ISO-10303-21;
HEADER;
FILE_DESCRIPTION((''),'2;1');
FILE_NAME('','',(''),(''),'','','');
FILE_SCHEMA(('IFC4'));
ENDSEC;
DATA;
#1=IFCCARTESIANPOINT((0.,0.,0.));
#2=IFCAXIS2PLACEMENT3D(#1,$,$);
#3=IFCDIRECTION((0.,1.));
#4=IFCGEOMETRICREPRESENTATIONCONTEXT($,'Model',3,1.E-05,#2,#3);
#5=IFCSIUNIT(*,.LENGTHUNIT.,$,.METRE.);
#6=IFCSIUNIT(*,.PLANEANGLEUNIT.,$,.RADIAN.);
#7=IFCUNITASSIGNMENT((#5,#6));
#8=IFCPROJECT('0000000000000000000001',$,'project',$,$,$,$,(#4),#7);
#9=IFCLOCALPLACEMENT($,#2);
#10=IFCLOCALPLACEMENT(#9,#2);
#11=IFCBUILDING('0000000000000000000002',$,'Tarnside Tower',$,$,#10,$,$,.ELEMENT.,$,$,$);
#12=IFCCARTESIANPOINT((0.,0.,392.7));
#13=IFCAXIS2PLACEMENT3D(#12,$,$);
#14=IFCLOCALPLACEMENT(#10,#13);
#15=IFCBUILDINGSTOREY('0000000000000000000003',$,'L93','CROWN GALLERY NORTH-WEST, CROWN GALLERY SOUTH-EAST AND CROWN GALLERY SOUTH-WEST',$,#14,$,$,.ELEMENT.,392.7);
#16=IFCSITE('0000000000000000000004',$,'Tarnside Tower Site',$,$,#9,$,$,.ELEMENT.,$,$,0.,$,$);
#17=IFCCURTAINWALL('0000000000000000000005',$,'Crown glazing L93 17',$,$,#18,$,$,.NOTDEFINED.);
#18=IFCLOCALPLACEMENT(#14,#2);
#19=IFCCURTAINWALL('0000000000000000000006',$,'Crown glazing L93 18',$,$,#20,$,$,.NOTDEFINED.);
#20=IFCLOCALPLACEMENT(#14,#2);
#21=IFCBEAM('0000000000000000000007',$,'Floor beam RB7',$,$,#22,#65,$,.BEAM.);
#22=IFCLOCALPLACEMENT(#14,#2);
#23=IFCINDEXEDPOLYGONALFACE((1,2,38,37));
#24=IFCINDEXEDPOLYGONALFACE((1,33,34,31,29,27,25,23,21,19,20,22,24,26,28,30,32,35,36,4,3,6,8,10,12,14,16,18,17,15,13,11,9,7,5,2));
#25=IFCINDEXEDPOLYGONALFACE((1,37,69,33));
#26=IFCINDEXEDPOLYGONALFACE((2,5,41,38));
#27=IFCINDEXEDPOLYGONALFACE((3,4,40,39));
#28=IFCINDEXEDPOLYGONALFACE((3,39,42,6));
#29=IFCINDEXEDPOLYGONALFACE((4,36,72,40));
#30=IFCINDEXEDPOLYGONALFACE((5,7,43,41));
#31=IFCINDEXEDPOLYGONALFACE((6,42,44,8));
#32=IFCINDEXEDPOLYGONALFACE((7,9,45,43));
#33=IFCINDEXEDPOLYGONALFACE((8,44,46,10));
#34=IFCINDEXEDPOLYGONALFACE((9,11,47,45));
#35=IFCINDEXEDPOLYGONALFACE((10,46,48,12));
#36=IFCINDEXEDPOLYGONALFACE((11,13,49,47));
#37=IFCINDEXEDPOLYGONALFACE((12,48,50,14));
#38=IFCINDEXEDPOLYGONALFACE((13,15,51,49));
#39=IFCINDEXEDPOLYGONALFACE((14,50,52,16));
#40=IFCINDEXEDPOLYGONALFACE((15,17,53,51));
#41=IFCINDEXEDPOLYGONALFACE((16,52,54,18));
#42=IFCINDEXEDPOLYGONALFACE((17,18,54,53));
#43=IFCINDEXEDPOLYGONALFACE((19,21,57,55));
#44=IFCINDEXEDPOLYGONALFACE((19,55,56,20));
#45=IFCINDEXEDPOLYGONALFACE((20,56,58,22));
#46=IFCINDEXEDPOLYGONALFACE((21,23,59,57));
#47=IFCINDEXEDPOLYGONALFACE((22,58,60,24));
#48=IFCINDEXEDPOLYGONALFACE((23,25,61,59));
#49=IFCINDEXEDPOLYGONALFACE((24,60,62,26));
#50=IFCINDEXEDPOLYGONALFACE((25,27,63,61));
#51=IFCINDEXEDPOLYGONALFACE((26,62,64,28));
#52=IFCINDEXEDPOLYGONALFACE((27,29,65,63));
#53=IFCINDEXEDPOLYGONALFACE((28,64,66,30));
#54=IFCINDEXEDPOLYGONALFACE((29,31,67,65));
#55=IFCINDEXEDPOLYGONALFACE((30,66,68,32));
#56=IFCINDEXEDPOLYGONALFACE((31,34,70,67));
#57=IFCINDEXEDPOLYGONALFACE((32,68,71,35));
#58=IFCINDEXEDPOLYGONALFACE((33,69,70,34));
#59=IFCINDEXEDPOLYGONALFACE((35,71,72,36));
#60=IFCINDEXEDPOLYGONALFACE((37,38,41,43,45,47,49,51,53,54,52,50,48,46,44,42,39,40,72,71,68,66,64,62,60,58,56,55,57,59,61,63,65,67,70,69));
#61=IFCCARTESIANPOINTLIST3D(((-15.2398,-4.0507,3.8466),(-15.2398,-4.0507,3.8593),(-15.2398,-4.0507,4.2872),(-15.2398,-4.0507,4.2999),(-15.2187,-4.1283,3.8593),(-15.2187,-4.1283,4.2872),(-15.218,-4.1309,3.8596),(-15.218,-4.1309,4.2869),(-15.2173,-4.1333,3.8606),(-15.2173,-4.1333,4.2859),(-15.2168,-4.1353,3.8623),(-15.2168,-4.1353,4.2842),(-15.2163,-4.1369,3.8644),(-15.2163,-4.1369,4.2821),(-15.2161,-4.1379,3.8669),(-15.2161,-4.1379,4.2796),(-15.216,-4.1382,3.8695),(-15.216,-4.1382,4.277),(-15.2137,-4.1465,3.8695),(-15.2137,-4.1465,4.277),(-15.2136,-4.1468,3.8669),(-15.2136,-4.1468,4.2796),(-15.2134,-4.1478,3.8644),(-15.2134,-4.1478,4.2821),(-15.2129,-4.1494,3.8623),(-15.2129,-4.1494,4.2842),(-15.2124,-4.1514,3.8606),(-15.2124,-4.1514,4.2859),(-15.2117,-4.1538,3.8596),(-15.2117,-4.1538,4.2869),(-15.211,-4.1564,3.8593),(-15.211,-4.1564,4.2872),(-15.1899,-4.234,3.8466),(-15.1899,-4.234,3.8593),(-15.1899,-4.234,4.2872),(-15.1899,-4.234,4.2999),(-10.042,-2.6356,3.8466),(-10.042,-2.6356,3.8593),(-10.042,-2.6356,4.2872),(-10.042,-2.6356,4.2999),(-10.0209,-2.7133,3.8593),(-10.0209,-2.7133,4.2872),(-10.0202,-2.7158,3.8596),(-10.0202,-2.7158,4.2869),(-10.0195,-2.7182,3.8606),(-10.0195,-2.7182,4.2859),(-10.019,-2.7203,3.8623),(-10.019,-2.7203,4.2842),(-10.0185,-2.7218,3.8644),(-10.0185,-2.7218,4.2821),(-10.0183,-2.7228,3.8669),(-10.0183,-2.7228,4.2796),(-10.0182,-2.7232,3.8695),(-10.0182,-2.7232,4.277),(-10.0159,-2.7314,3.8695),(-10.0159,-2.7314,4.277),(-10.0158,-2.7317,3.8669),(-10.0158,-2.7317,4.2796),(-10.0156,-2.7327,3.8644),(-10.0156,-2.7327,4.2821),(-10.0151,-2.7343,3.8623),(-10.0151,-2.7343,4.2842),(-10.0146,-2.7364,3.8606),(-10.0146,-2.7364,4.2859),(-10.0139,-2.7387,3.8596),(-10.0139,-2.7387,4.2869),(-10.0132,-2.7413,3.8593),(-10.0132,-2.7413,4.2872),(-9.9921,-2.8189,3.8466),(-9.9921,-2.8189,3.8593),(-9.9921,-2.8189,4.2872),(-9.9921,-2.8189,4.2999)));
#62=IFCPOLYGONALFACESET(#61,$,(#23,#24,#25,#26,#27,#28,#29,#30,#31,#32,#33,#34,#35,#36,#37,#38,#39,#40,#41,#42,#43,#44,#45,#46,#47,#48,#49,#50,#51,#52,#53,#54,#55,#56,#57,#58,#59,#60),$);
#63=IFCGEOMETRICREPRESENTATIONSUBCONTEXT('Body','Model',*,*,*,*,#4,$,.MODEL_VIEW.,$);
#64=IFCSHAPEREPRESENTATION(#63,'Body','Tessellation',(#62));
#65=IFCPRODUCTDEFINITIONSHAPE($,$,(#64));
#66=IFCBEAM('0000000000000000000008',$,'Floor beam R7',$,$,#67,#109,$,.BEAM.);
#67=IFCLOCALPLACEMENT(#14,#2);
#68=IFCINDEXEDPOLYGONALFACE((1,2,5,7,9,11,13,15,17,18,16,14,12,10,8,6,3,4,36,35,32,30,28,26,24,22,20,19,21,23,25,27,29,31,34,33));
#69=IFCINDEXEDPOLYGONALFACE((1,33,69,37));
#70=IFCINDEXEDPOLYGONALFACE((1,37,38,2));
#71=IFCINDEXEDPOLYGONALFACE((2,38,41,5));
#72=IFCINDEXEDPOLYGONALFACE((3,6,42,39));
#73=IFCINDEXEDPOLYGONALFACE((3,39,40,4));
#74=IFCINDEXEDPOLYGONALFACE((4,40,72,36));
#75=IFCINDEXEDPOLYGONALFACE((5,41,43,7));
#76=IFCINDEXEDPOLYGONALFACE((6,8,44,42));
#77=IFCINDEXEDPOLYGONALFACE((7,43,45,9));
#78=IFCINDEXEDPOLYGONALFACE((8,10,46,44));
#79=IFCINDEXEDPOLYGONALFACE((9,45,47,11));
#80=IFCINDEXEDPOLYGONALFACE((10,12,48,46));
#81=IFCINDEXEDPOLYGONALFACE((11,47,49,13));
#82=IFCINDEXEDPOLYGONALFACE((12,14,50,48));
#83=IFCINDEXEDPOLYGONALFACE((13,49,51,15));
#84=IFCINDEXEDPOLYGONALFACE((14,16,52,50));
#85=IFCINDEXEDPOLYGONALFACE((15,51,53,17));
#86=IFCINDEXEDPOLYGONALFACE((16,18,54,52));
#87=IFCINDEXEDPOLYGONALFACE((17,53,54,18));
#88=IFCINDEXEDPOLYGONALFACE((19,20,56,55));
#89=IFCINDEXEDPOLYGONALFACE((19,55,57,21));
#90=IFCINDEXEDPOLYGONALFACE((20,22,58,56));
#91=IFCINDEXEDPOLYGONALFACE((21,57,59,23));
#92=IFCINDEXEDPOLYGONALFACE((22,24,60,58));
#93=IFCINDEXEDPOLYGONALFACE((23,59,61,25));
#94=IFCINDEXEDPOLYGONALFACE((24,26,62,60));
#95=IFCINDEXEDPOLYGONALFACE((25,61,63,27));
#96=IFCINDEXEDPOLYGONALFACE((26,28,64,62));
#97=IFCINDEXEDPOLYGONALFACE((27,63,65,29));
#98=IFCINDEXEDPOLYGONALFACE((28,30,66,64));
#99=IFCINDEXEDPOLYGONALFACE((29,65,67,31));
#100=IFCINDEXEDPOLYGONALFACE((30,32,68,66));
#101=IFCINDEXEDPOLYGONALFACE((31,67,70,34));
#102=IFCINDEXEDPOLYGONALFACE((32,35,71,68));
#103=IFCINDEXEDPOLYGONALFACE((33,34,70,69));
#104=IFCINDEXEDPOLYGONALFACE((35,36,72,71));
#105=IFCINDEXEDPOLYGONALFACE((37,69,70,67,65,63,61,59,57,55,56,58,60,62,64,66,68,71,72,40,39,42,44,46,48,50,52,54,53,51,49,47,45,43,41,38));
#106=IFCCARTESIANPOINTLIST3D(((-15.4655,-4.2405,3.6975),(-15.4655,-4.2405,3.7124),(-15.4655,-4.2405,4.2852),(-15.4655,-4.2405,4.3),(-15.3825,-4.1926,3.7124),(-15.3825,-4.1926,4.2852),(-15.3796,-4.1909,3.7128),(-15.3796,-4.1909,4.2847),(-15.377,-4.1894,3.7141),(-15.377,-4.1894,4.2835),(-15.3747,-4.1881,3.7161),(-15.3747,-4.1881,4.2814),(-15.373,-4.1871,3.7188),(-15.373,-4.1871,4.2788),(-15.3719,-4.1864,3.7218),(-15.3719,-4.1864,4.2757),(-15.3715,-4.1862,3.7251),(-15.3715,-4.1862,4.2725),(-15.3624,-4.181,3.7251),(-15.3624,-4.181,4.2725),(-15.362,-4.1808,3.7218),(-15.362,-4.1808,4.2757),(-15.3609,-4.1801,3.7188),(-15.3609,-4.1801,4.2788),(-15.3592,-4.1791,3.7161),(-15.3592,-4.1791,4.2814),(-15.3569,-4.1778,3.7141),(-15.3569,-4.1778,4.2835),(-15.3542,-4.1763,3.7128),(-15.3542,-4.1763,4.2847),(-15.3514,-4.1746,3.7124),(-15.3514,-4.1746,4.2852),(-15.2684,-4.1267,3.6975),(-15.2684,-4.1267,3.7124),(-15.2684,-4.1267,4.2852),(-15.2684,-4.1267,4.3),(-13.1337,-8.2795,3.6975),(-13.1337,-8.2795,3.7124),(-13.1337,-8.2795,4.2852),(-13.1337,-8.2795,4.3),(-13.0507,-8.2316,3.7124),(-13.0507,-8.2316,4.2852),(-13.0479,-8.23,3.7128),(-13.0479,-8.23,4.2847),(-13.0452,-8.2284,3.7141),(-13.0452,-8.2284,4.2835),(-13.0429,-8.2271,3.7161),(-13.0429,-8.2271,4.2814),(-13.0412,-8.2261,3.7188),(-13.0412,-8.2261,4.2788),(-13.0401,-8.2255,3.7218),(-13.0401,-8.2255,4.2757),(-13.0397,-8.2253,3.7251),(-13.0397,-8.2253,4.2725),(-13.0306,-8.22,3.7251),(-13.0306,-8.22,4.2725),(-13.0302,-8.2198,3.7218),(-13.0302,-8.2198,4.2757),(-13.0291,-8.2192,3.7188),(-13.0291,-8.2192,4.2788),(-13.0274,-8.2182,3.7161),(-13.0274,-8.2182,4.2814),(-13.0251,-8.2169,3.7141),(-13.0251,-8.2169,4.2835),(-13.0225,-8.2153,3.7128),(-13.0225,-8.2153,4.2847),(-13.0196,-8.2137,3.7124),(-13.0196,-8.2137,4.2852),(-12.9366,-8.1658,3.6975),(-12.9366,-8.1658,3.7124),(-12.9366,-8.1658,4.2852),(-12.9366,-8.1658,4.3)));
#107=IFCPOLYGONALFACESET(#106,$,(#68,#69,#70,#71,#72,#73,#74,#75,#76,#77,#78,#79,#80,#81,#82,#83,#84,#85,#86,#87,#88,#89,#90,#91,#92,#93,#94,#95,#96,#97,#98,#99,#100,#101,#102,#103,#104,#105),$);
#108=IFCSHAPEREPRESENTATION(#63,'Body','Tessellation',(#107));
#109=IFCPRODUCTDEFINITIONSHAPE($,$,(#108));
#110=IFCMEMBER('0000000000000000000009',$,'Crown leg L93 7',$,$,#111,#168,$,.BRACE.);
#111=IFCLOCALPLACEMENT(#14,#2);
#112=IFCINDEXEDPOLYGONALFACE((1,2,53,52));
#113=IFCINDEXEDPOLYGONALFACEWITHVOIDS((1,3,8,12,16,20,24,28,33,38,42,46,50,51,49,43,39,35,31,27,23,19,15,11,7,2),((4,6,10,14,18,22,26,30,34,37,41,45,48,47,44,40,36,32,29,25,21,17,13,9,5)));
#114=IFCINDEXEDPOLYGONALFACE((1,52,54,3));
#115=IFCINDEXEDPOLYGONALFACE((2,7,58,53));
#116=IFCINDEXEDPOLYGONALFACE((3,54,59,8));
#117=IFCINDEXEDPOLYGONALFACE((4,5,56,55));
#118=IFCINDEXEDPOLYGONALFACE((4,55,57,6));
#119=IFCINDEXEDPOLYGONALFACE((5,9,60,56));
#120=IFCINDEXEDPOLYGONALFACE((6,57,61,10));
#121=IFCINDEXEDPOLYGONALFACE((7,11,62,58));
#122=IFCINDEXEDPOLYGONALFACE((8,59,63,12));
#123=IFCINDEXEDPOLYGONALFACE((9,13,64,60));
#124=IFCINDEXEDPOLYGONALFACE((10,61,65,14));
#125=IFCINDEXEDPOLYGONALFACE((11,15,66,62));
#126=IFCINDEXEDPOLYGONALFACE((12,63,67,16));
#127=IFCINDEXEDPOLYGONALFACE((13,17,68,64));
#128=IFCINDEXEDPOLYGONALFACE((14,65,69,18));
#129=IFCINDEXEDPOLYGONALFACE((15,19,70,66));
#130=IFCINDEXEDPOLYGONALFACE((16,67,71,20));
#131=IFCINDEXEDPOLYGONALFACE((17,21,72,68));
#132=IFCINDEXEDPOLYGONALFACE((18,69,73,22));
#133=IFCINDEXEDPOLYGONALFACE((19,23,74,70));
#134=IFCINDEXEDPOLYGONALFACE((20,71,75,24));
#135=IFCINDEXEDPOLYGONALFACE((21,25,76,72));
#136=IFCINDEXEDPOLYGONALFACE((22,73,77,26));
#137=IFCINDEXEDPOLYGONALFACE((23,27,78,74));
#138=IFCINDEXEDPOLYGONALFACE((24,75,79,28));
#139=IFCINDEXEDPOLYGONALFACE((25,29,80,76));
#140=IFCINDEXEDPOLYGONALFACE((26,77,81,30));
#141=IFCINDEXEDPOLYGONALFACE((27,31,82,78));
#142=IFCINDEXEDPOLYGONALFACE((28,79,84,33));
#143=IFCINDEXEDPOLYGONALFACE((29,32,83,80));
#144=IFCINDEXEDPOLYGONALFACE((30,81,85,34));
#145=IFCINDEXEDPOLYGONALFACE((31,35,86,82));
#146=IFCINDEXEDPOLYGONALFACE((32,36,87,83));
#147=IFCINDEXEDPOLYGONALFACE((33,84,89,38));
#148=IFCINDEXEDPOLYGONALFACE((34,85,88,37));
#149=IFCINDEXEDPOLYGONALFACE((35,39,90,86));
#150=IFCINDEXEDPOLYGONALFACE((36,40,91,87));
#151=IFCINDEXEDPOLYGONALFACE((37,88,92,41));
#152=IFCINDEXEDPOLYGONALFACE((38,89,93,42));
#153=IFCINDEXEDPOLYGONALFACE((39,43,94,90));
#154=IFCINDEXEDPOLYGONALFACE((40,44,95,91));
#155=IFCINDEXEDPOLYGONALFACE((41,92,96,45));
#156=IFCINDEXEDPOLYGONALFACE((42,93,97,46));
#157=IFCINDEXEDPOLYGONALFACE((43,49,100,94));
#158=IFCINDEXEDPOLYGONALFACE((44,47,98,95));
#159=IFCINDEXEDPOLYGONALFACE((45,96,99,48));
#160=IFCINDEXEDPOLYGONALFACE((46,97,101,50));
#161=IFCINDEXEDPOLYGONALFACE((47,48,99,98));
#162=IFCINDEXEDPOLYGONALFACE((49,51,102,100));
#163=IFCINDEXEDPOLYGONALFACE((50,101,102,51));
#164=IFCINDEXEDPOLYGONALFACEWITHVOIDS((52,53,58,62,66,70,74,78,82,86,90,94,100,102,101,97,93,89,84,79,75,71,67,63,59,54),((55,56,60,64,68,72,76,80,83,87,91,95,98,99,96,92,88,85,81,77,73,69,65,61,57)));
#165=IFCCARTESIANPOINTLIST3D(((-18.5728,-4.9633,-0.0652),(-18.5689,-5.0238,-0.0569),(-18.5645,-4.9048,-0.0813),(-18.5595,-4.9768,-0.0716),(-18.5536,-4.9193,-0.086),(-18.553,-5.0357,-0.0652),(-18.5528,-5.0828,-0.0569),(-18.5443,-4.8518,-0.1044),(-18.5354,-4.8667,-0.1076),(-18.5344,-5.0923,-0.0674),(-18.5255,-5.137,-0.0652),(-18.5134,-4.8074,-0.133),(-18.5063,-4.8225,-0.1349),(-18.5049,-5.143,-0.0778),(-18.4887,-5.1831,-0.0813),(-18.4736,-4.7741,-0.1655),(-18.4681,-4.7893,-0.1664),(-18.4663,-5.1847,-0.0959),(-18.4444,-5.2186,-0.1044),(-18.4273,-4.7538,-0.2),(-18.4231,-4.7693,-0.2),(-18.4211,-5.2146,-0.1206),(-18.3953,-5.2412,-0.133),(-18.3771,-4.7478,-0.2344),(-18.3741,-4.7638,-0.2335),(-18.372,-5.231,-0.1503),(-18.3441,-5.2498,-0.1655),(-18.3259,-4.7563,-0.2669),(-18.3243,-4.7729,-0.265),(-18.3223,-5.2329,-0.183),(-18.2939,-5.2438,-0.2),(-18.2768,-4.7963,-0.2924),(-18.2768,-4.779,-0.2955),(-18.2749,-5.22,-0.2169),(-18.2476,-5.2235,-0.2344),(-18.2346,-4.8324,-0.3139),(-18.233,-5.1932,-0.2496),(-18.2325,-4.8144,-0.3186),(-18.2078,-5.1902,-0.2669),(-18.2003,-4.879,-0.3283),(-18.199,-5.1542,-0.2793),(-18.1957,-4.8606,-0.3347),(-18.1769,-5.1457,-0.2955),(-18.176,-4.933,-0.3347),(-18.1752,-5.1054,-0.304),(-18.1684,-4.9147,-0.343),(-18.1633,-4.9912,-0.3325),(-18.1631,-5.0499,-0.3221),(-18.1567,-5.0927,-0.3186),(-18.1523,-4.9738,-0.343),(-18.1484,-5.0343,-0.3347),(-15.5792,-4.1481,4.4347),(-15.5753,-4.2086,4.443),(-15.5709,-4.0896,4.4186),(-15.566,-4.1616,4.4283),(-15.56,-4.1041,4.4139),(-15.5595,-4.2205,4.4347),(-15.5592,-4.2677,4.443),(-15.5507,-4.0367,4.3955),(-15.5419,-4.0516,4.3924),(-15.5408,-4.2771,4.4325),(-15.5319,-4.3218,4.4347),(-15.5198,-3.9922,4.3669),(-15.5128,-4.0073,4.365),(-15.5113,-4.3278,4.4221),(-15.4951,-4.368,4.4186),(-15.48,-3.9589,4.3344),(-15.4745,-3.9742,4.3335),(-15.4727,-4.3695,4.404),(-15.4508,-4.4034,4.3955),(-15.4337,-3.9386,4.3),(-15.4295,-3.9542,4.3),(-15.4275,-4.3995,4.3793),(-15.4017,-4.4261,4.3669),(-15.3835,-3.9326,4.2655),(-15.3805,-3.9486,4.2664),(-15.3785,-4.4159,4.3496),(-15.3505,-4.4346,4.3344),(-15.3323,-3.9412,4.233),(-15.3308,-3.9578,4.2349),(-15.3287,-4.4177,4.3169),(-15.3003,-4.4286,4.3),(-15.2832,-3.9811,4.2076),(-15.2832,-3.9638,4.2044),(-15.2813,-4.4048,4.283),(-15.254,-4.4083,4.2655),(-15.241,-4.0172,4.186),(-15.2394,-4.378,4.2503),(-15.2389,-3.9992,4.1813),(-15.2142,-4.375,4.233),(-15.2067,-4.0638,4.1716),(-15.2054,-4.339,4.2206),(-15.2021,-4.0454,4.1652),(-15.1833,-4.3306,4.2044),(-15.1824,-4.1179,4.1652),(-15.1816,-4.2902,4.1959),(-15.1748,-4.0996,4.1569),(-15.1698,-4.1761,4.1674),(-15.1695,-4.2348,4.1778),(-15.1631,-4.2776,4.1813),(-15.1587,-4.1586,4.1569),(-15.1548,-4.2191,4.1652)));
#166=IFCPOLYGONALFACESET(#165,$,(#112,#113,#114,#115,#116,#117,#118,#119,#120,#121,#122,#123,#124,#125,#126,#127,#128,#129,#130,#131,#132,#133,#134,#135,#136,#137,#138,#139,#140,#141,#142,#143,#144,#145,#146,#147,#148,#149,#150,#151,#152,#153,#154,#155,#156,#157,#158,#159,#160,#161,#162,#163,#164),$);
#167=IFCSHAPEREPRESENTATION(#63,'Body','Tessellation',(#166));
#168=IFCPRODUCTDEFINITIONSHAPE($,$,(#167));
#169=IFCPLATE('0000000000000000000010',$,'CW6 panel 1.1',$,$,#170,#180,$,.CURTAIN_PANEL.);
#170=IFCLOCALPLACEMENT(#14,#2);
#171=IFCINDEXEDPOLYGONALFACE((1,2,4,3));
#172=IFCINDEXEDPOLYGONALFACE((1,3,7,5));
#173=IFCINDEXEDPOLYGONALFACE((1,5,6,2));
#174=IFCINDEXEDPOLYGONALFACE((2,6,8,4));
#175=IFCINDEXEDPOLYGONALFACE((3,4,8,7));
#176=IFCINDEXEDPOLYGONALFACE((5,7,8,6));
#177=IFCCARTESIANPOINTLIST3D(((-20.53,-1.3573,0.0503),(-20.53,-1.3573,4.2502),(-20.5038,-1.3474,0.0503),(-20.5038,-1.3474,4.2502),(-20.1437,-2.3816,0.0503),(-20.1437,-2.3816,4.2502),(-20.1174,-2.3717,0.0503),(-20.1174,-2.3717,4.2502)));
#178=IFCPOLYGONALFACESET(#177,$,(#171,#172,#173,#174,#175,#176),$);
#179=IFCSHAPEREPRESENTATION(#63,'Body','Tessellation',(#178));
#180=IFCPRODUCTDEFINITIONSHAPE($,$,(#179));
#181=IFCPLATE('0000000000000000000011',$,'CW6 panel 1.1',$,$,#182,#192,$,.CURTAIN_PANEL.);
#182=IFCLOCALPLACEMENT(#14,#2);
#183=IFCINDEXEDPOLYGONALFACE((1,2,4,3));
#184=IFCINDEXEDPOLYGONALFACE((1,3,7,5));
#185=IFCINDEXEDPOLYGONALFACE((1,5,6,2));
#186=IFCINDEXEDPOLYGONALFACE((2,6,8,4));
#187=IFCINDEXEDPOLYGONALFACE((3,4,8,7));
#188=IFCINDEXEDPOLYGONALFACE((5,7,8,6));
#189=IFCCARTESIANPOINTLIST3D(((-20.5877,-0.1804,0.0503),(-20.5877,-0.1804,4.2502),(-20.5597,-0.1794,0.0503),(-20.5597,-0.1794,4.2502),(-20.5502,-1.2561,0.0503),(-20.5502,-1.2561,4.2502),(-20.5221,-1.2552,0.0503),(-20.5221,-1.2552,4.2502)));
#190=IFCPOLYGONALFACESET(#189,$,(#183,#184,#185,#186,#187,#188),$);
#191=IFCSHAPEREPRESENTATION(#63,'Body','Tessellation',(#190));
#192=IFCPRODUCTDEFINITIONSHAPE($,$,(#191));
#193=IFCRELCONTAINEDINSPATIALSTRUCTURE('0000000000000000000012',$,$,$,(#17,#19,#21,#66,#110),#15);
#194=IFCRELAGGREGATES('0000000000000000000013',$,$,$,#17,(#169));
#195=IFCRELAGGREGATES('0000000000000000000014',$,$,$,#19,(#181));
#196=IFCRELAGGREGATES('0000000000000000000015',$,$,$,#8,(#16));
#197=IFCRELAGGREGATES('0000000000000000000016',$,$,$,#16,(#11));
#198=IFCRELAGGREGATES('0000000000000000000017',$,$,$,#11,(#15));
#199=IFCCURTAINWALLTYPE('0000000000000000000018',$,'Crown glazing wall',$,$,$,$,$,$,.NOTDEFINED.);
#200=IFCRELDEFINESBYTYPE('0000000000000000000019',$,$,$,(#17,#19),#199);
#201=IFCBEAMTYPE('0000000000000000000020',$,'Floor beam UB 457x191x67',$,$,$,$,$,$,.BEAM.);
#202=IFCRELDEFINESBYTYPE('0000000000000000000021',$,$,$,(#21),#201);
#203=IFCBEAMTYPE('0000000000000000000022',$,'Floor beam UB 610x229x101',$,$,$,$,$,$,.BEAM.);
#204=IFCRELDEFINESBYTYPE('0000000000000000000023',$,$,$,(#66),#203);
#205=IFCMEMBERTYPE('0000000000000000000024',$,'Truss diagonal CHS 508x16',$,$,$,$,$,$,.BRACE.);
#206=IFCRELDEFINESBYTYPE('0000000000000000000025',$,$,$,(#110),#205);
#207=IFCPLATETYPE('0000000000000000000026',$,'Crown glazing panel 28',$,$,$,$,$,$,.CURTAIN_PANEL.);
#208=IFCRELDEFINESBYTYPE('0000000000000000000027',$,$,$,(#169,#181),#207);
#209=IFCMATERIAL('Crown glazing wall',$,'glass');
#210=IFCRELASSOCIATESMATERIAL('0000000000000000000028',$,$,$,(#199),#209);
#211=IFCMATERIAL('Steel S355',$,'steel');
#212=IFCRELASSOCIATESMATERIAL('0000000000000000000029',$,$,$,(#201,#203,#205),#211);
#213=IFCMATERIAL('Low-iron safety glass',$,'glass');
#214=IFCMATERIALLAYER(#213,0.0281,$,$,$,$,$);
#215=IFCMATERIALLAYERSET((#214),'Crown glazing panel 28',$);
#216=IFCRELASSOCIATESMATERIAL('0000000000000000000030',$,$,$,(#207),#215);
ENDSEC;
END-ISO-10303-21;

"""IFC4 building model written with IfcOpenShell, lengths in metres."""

from ifc_helpers import new_model, si_unit, direction, frame, origin, origin_2d, place, context, subcontext, project, spatial, rectangle, hollow_circle, i_section, extrude, material, layer, layer_set, material_profile, profile_set, type_object, element, aggregate, save


model = new_model("IFC4")

# Units and contexts
model_context = context("Model", 3, precision=1e-05, world=origin(), true_north=direction((0.0, 1.0)))
body_context = subcontext(model_context, "Body", "Model", "MODEL_VIEW")
ifc_project = project(units=[si_unit("LENGTHUNIT", "METRE"), si_unit("PLANEANGLEUNIT", "RADIAN")], contexts=[model_context])

# Site, building, storey
site_placement = place(None, origin())
site = spatial("IfcSite", under=ifc_project, at=site_placement, Name="Tarnside Tower Site", CompositionType="ELEMENT", RefElevation=0.0)
building_placement = place(site_placement, origin())
building = spatial("IfcBuilding", under=site, at=building_placement, Name="Tarnside Tower", CompositionType="ELEMENT")
storey_placement = place(building_placement, frame((0.0, 0.0, 392.7)))
storey = spatial("IfcBuildingStorey", under=building, at=storey_placement, Name="L93", Description="CROWN GALLERY NORTH-WEST, CROWN GALLERY SOUTH-EAST AND CROWN GALLERY SOUTH-WEST", CompositionType="ELEMENT", Elevation=392.7)

# Shared definitions
ifc_material_1 = material(Name="Crown glazing wall", Category="glass")
curtain_wall_type = type_object("IfcCurtainWallType", Name="Crown glazing wall", PredefinedType="NOTDEFINED", material=ifc_material_1)

# Curtain walls
curtain_wall_1_placement = place(storey_placement, origin())
curtain_wall_1 = element("IfcCurtainWall", 1, at=curtain_wall_1_placement, inside=storey, type_object=curtain_wall_type, Name="Crown glazing L93 17", PredefinedType="NOTDEFINED")
curtain_wall_2_placement = place(storey_placement, origin())
curtain_wall_2 = element("IfcCurtainWall", 2, at=curtain_wall_2_placement, inside=storey, type_object=curtain_wall_type, Name="Crown glazing L93 18", PredefinedType="NOTDEFINED")

# Beams
ifc_material_2 = material(Name="Steel S355", Category="steel")
ifc_material_profile_1 = material_profile(ifc_material_2, i_section(OverallWidth=0.1899, OverallDepth=0.4534, WebThickness=0.0085, FlangeThickness=0.0127, FilletRadius=0.0103, at=origin_2d()), Name="UB 457x191x67")
ifc_profile_set_1 = profile_set([ifc_material_profile_1], Name="Steel S355")
beam_type_1 = type_object("IfcBeamType", Name="Floor beam UB 457x191x67", PredefinedType="BEAM", material=ifc_profile_set_1)
beam_1_placement = place(storey_placement, frame((-15.2148, -4.1423, 4.0732), z_axis=(0.964883, 0.26268, 0.0), x_axis=(-0.26268, 0.964883, 0.0)))
element("IfcBeam", 3, at=beam_1_placement, inside=storey, type_object=beam_type_1, Name="Floor beam RB7", PredefinedType="BEAM", context=body_context, shape_type="SweptSolid", body=[
    extrude(i_section(OverallWidth=0.1899, OverallDepth=0.4534, WebThickness=0.0085, FlangeThickness=0.0127, FilletRadius=0.0103, at=origin_2d()), origin(), (0.0, 0.0, 1.0), 5.387),
])
ifc_material_profile_2 = material_profile(ifc_material_2, i_section(OverallWidth=0.2275, OverallDepth=0.6025, WebThickness=0.0105, FlangeThickness=0.0149, FilletRadius=0.0127, at=origin_2d()), Name="UB 610x229x101")
ifc_profile_set_2 = profile_set([ifc_material_profile_2], Name="Steel S355")
beam_type_2 = type_object("IfcBeamType", Name="Floor beam UB 610x229x101", PredefinedType="BEAM", material=ifc_profile_set_2)
beam_2_placement = place(storey_placement, frame((-15.3669, -4.1836, 3.9988), z_axis=(0.499973, -0.866041, 0.0), x_axis=(0.866041, 0.499973, 0.0)))
element("IfcBeam", 4, at=beam_2_placement, inside=storey, type_object=beam_type_2, Name="Floor beam R7", PredefinedType="BEAM", context=body_context, shape_type="SweptSolid", body=[
    extrude(i_section(OverallWidth=0.2275, OverallDepth=0.6025, WebThickness=0.0105, FlangeThickness=0.0149, FilletRadius=0.0127, at=origin_2d()), origin(), (0.0, 0.0, 1.0), 4.6638),
])

# Member
ifc_material_profile_3 = material_profile(ifc_material_2, hollow_circle(Radius=0.2539, WallThickness=0.0161, at=origin_2d()), Name="CHS 508x16")
ifc_profile_set_3 = profile_set([ifc_material_profile_3], Name="Steel S355")
member_type_1 = type_object("IfcMemberType", Name="Truss diagonal CHS 508x16", PredefinedType="BRACE", material=ifc_profile_set_3)
member_1_placement = place(storey_placement, frame((-18.3606, -4.9988, -0.2), z_axis=(0.547692, 0.149139, 0.82328), x_axis=(-0.262738, 0.964867, 0.0)))
element("IfcMember", 5, at=member_1_placement, inside=storey, type_object=member_type_1, Name="Crown leg L93 7", PredefinedType="BRACE", context=body_context, shape_type="SweptSolid", body=[
    extrude(hollow_circle(Radius=0.2539, WallThickness=0.0161, at=origin_2d()), origin(), (0.0, 0.0, 1.0), 5.4658),
])

# Plates
ifc_material_3 = material(Name="Low-iron safety glass", Category="glass")
ifc_layer_1 = layer(ifc_material_3, 0.0281)
ifc_layer_set_1 = layer_set([ifc_layer_1], Name="Crown glazing panel 28")
plate_type_1 = type_object("IfcPlateType", Name="Crown glazing panel 28", PredefinedType="CURTAIN_PANEL", material=ifc_layer_set_1)
plate_1_placement = place(storey_placement, frame((-20.3237, -1.8645, 0.0503), z_axis=(0.0, 0.0, 1.0), x_axis=(-0.352931, 0.93565, 0.0)))
plate_1 = element("IfcPlate", 6, at=plate_1_placement, type_object=plate_type_1, Name="CW6 panel 1.1", PredefinedType="CURTAIN_PANEL", context=body_context, shape_type="SweptSolid", body=[
    extrude(rectangle(XDim=1.0947, YDim=0.0281, at=origin_2d()), origin(), (0.0, 0.0, 1.0), 4.2),
])
aggregate(curtain_wall_1, [plate_1])
plate_2_placement = place(storey_placement, frame((-20.5549, -0.7178, 0.0503), z_axis=(0.0, 0.0, 1.0), x_axis=(-0.034899, 0.999391, 0.0)))
plate_2 = element("IfcPlate", 7, at=plate_2_placement, type_object=plate_type_1, Name="CW6 panel 1.1", PredefinedType="CURTAIN_PANEL", context=body_context, shape_type="SweptSolid", body=[
    extrude(rectangle(XDim=1.0764, YDim=0.0281, at=origin_2d()), origin(), (0.0, 0.0, 1.0), 4.2),
])
aggregate(curtain_wall_2, [plate_2])

save(model, "model.ifc")
